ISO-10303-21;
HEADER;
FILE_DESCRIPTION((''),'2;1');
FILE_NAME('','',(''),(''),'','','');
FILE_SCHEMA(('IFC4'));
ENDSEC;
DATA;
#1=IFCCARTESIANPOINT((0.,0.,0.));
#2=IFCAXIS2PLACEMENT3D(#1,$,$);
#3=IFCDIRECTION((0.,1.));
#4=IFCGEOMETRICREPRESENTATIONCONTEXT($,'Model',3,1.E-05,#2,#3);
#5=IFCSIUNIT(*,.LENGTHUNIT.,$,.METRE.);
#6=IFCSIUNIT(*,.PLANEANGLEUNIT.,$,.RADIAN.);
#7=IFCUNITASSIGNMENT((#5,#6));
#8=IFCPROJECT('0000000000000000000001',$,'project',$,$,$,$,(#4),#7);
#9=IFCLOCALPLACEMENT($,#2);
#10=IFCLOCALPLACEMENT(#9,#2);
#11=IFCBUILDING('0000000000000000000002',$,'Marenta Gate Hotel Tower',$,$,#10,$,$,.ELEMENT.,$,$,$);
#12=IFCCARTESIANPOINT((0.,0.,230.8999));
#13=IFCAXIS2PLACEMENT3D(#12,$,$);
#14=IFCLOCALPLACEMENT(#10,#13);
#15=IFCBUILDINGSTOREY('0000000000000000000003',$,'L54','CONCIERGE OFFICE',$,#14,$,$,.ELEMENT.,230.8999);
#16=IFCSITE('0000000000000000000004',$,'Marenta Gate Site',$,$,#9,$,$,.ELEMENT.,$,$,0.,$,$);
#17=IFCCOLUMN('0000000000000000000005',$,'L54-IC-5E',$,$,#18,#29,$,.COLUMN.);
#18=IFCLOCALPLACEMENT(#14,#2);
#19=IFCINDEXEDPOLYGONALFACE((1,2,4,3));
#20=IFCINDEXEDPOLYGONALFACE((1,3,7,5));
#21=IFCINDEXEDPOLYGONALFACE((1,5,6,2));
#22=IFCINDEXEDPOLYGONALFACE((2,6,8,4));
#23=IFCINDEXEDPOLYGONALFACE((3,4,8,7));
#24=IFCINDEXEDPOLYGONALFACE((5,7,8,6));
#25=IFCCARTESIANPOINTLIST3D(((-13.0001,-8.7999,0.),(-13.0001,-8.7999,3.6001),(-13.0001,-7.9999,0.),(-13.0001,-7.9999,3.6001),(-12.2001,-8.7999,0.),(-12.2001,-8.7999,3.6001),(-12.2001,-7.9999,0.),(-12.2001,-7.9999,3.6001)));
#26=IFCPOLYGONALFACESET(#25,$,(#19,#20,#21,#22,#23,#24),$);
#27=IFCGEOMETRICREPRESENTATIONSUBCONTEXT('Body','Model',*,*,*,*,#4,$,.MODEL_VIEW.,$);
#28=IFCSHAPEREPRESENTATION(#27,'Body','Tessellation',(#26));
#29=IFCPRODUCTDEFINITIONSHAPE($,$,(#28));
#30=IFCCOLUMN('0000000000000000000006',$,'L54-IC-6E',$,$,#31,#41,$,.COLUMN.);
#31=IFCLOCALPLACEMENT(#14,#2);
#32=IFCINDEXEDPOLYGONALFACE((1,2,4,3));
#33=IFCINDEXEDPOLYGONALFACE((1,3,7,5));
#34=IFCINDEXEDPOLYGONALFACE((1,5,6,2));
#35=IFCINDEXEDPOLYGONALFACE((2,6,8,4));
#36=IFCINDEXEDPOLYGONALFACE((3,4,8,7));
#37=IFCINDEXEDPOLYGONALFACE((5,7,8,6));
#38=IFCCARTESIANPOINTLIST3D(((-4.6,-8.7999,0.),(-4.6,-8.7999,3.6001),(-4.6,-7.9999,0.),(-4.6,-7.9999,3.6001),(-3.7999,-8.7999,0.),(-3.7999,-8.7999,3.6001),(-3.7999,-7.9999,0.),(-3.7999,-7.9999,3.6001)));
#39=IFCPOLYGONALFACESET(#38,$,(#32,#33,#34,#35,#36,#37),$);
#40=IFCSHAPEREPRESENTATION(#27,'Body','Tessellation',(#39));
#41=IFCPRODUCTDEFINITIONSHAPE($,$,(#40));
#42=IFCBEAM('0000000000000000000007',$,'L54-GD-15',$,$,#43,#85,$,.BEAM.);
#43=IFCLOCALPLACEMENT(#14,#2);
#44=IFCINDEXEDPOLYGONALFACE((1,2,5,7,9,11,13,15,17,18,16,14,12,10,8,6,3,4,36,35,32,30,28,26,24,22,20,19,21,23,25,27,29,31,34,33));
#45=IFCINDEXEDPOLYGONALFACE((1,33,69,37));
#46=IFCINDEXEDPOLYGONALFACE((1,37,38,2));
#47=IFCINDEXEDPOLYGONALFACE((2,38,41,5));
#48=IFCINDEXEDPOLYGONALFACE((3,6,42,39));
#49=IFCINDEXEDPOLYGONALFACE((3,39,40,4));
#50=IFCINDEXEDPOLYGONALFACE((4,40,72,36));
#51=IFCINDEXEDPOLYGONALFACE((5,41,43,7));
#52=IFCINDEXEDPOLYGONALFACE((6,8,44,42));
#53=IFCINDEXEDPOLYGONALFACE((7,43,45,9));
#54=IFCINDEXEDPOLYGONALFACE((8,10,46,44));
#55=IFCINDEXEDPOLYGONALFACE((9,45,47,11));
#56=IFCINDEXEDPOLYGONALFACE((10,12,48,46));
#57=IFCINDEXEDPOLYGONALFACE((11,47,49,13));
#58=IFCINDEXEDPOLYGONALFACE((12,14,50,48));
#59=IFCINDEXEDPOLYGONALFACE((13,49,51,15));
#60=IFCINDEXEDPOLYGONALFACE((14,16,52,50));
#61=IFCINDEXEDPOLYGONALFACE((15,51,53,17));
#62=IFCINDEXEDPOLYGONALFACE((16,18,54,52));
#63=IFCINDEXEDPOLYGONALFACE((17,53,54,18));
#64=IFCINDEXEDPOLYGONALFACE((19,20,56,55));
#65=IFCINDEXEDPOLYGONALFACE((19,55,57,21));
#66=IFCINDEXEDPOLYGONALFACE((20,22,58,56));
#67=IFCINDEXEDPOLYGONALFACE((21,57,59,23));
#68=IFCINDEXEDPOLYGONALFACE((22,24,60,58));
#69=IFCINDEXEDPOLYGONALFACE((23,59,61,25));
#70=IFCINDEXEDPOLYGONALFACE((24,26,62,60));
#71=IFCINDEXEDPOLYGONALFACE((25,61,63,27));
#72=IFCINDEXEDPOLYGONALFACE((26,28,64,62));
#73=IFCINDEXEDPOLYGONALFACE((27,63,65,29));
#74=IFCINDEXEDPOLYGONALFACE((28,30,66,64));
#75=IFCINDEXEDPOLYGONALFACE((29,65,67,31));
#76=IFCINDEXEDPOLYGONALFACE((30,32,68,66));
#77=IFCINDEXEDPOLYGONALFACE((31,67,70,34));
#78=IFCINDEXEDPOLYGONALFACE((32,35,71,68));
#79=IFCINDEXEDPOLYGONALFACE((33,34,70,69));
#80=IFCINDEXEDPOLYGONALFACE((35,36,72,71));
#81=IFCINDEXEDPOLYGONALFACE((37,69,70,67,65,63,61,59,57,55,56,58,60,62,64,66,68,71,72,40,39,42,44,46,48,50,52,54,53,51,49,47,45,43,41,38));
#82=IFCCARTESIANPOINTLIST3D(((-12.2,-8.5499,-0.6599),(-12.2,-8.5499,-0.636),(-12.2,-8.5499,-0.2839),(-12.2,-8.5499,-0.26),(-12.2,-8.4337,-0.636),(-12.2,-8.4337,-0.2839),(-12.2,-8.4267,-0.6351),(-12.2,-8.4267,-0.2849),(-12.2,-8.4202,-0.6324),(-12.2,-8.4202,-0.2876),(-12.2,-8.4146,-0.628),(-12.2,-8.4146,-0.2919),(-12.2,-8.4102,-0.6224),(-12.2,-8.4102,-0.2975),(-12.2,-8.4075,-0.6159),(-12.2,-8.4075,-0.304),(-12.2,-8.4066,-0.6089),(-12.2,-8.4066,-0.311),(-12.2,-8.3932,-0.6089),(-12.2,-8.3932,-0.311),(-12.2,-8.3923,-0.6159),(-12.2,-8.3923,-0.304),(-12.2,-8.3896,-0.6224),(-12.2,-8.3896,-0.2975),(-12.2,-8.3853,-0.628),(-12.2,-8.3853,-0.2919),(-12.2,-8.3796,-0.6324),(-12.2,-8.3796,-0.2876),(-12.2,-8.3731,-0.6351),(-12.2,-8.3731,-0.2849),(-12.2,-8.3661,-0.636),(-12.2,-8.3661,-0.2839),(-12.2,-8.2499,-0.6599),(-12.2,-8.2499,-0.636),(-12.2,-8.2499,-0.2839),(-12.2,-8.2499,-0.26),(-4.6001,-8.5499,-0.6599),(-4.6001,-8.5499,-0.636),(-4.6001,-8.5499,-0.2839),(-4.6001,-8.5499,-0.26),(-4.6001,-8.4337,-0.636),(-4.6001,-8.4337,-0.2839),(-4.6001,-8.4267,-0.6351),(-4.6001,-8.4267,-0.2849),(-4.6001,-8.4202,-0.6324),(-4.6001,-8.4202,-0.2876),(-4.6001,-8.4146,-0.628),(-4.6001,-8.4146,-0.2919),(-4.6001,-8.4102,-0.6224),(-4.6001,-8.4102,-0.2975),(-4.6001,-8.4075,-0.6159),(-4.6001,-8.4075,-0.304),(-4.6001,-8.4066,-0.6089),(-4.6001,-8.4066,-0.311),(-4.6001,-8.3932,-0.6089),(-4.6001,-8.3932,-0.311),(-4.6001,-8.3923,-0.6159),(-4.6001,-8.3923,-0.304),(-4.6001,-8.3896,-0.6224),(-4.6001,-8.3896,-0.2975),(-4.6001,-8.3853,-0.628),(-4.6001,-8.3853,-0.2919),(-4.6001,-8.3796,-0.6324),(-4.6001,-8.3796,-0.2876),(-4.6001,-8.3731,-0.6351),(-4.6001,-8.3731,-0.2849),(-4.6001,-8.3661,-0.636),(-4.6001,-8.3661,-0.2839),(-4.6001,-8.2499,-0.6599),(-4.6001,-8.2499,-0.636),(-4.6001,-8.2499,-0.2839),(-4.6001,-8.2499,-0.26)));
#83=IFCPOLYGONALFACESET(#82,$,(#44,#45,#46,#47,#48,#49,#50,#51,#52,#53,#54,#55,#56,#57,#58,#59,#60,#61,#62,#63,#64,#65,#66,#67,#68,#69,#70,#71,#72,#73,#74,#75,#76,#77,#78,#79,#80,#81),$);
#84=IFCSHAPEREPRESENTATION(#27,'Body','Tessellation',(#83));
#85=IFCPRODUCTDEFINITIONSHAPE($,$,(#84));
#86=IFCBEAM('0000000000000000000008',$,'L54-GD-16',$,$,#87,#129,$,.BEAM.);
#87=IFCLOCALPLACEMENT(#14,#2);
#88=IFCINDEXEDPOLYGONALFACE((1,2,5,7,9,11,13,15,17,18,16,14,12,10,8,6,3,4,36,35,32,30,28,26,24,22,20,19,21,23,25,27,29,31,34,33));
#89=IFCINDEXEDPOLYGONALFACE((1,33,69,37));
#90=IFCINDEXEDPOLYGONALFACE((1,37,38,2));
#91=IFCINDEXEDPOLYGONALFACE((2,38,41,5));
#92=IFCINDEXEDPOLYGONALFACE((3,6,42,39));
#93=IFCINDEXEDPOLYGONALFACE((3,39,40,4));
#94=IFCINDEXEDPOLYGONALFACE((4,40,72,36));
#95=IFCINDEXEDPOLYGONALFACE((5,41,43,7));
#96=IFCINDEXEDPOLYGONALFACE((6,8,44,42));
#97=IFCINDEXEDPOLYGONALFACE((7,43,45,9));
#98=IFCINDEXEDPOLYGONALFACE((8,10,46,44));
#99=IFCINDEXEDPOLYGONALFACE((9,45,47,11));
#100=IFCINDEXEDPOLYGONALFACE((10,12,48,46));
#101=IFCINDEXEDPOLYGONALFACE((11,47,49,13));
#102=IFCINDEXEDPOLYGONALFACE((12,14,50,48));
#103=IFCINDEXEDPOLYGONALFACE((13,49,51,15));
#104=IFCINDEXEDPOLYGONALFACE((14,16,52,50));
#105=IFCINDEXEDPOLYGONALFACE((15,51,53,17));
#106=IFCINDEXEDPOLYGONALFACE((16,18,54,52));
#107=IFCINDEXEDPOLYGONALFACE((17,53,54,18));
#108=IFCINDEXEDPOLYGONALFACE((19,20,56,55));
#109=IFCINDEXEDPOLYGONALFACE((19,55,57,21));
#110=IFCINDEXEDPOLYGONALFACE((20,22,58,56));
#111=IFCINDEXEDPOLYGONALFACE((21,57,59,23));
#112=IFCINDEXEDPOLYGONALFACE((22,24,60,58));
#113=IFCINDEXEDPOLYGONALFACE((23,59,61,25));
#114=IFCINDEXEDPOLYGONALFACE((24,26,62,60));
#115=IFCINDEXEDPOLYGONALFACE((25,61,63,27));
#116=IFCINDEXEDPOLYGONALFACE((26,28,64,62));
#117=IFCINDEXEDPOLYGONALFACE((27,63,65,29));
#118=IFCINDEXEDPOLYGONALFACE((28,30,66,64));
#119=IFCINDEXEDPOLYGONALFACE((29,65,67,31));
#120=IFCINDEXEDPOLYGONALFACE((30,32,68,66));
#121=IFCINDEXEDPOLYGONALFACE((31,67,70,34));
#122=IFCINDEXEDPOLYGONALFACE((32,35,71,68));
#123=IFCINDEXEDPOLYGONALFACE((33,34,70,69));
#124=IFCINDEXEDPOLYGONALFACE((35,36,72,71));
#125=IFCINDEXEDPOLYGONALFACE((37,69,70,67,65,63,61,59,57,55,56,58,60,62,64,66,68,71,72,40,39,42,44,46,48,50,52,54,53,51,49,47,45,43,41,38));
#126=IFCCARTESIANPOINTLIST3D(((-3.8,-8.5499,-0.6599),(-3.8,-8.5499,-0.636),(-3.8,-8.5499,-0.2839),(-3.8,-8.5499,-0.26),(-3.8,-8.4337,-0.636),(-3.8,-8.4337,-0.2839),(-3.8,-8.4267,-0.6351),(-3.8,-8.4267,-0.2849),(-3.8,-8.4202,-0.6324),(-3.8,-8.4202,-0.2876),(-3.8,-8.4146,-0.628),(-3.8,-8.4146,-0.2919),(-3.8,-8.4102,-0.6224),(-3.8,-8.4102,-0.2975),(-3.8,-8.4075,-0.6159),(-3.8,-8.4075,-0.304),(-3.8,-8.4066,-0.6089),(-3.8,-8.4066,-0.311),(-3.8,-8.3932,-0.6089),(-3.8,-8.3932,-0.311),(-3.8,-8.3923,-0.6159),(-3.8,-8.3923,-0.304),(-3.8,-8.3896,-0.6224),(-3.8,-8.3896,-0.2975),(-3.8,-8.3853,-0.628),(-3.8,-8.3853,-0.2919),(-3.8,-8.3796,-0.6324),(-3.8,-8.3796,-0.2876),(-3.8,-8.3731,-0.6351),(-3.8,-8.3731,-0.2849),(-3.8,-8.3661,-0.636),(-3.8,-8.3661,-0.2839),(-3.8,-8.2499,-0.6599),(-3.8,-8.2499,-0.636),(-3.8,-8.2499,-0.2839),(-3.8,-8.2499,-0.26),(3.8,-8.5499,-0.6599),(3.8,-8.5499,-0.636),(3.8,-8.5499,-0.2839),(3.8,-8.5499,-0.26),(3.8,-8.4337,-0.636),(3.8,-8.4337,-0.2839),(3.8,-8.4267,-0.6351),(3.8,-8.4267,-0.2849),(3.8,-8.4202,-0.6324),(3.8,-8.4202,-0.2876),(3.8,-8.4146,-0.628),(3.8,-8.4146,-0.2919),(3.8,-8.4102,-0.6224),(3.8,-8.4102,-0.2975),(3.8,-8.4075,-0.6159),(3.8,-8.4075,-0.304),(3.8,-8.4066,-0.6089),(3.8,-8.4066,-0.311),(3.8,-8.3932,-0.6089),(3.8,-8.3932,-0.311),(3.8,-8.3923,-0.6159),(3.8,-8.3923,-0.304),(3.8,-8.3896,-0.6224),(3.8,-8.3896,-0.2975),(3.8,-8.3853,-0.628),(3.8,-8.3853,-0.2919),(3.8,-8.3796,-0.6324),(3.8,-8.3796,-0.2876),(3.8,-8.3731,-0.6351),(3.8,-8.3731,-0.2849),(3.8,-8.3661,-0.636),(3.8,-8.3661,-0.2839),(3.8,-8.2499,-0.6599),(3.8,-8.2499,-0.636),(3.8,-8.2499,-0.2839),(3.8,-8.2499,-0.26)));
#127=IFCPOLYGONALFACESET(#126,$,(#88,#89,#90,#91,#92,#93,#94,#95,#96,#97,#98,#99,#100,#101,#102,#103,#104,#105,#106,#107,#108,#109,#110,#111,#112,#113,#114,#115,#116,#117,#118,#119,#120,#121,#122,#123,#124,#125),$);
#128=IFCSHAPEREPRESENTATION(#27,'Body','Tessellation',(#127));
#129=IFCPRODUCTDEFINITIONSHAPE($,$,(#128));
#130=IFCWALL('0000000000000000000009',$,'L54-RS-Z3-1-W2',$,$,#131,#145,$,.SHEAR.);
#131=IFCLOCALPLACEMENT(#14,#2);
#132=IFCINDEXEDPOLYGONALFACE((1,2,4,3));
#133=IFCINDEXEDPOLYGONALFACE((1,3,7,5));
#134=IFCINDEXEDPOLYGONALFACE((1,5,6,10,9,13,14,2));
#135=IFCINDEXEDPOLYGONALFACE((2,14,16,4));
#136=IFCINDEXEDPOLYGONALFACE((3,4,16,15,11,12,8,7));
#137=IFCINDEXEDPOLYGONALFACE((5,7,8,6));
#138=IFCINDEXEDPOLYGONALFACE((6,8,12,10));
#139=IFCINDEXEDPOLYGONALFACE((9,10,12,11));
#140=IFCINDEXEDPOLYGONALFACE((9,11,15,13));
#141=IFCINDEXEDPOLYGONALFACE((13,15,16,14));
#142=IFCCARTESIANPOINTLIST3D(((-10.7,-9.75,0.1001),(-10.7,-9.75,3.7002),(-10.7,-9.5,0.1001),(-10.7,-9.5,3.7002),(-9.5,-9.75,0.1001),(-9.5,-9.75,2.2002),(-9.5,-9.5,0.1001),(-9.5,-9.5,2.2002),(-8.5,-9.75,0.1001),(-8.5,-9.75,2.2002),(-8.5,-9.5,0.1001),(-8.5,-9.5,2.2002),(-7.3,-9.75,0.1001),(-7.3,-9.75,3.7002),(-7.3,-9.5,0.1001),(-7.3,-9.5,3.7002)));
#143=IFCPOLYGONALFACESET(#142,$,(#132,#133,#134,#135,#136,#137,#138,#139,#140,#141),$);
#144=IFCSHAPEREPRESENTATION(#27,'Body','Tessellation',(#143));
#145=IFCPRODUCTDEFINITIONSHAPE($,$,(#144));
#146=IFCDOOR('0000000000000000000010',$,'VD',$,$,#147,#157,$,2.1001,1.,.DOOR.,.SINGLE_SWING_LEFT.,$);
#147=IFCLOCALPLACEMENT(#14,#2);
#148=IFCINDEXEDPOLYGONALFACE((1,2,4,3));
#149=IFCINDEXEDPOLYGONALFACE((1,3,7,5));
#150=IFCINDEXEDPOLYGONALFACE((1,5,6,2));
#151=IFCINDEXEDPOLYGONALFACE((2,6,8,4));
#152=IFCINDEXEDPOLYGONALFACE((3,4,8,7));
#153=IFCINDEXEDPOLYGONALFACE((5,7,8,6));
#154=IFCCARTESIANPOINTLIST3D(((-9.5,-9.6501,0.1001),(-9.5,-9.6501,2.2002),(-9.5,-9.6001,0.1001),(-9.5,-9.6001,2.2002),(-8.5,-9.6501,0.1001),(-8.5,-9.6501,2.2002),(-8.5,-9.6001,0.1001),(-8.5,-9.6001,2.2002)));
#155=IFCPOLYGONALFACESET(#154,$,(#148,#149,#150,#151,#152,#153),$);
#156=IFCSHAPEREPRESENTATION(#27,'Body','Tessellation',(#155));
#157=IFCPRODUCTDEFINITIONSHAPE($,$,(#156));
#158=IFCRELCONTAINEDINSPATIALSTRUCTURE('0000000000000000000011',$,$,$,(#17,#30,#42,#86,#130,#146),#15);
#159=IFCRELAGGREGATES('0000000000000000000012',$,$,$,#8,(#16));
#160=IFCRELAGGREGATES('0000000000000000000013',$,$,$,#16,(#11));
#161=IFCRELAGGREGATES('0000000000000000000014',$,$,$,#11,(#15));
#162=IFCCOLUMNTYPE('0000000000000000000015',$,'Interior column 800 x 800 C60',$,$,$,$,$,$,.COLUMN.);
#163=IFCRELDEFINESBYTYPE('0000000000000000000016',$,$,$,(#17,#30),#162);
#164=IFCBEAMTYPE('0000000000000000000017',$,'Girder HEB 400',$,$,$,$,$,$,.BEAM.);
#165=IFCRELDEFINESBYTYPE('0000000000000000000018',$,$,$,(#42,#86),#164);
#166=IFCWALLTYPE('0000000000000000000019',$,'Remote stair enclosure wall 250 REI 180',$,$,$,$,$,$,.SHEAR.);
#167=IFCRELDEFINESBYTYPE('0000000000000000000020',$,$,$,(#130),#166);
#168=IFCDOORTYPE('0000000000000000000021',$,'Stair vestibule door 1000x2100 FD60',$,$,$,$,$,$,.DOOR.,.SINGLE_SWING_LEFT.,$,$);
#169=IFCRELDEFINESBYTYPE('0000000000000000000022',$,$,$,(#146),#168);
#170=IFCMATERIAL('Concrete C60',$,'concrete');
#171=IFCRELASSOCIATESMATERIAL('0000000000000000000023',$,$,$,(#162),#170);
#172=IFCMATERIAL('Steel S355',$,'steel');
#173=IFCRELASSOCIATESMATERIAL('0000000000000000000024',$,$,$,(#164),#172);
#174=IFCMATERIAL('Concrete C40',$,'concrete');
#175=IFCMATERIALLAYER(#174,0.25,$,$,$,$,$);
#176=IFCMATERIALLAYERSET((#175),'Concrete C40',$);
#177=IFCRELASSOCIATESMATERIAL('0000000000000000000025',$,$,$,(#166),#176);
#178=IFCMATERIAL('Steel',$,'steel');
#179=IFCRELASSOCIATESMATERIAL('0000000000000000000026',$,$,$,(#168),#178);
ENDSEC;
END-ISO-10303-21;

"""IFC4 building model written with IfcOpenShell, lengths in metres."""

from ifc_helpers import new_model, si_unit, direction, frame, frame_2d, origin, origin_2d, place, context, subcontext, project, spatial, rectangle, i_section, extrude, material, layer, layer_set, material_profile, profile_set, type_object, element, fill, save


model = new_model("IFC4")

# Units and contexts
model_context = context("Model", 3, precision=1e-05, world=origin(), true_north=direction((0.0, 1.0)))
body_context = subcontext(model_context, "Body", "Model", "MODEL_VIEW")
ifc_project = project(units=[si_unit("LENGTHUNIT", "METRE"), si_unit("PLANEANGLEUNIT", "RADIAN")], contexts=[model_context])

# Site, building, storey
site_placement = place(None, origin())
site = spatial("IfcSite", under=ifc_project, at=site_placement, Name="Marenta Gate Site", CompositionType="ELEMENT", RefElevation=0.0)
building_placement = place(site_placement, origin())
building = spatial("IfcBuilding", under=site, at=building_placement, Name="Marenta Gate Hotel Tower", CompositionType="ELEMENT")
storey_placement = place(building_placement, frame((0.0, 0.0, 230.8999)))
storey = spatial("IfcBuildingStorey", under=building, at=storey_placement, Name="L54", Description="CONCIERGE OFFICE", CompositionType="ELEMENT", Elevation=230.8999)

# Columns
ifc_material_1 = material(Name="Concrete C60", Category="concrete")
ifc_material_profile_1 = material_profile(ifc_material_1, rectangle(XDim=0.8, YDim=0.8, at=origin_2d()), Name="800 x 800")
ifc_profile_set_1 = profile_set([ifc_material_profile_1], Name="Concrete C60")
column_type = type_object("IfcColumnType", Name="Interior column 800 x 800 C60", PredefinedType="COLUMN", material=ifc_profile_set_1)
for number, where, z_axis, x_axis, name in (
    (1, (-12.6001, -8.3999, 0.0), (0.0, 0.0, 1.0), (1.0, 0.0, 0.0), "L54-IC-5E"),
    (2, (-4.2, -8.3999, 0.0), (0.0, 0.0, 1.0), (1.0, 0.0, 0.0), "L54-IC-6E"),
):
    element("IfcColumn", number, at=place(storey_placement, frame(where, z_axis=z_axis, x_axis=x_axis)), inside=storey, type_object=column_type, Name=name, PredefinedType="COLUMN", context=body_context, shape_type="SweptSolid", body=[
        extrude(rectangle(XDim=0.8, YDim=0.8, at=origin_2d()), origin(), (0.0, 0.0, 1.0), 3.6001),
    ])

# Beams
ifc_material_2 = material(Name="Steel S355", Category="steel")
ifc_material_profile_2 = material_profile(ifc_material_2, i_section(OverallWidth=0.3, OverallDepth=0.3999, WebThickness=0.0134, FlangeThickness=0.0239, FilletRadius=0.0271, at=origin_2d()), Name="HEB 400")
ifc_profile_set_2 = profile_set([ifc_material_profile_2], Name="Steel S355")
beam_type = type_object("IfcBeamType", Name="Girder HEB 400", PredefinedType="BEAM", material=ifc_profile_set_2)
beam_1_placement = place(storey_placement, frame((-12.2, -8.3999, -0.46), z_axis=(1.0, 0.0, 0.0), x_axis=(0.0, 1.0, 0.0)))
element("IfcBeam", 3, at=beam_1_placement, inside=storey, type_object=beam_type, Name="L54-GD-15", PredefinedType="BEAM", context=body_context, shape_type="SweptSolid", body=[
    extrude(i_section(OverallWidth=0.3, OverallDepth=0.3999, WebThickness=0.0134, FlangeThickness=0.0239, FilletRadius=0.0271, at=origin_2d()), origin(), (0.0, 0.0, 1.0), 7.5999),
])
beam_2_placement = place(storey_placement, frame((-3.8, -8.3999, -0.46), z_axis=(1.0, 0.0, 0.0), x_axis=(0.0, 1.0, 0.0)))
element("IfcBeam", 4, at=beam_2_placement, inside=storey, type_object=beam_type, Name="L54-GD-16", PredefinedType="BEAM", context=body_context, shape_type="SweptSolid", body=[
    extrude(i_section(OverallWidth=0.3, OverallDepth=0.3999, WebThickness=0.0134, FlangeThickness=0.0239, FilletRadius=0.0271, at=origin_2d()), origin(), (0.0, 0.0, 1.0), 7.6001),
])

# Wall, opening, door
ifc_material_3 = material(Name="Concrete C40", Category="concrete")
ifc_layer_1 = layer(ifc_material_3, 0.25)
ifc_layer_set_1 = layer_set([ifc_layer_1], Name="Concrete C40")
wall_type_1 = type_object("IfcWallType", Name="Remote stair enclosure wall 250 REI 180", PredefinedType="SHEAR", material=ifc_layer_set_1)
wall_1_placement = place(storey_placement, frame((-10.7, -9.625, 0.1001), z_axis=(0.0, 0.0, 1.0), x_axis=(1.0, 0.0, 0.0)))
wall_1 = element("IfcWall", 5, at=wall_1_placement, inside=storey, type_object=wall_type_1, Name="L54-RS-Z3-1-W2", PredefinedType="SHEAR", context=body_context, shape_type="SweptSolid", body=[
    extrude(rectangle(XDim=3.3999, YDim=0.25, at=frame_2d((1.7, 0.0))), origin(), (0.0, 0.0, 1.0), 3.6001),
])
opening_1_placement = place(wall_1_placement, frame((1.2, 0.0, 0.0)))
opening_1 = element("IfcOpeningElement", 6, at=opening_1_placement, cuts=wall_1, PredefinedType="OPENING", context=body_context, shape_type="SweptSolid", body=[
    extrude(rectangle(XDim=1.0, YDim=2.1001, at=frame_2d((0.5, 1.05))), frame((0.0, 0.125, 0.0), z_axis=(0.0, -1.0, 0.0), x_axis=(1.0, 0.0, 0.0)), (0.0, 0.0, 1.0), 0.25),
])
ifc_material_4 = material(Name="Steel", Category="steel")
door_type_1 = type_object("IfcDoorType", Name="Stair vestibule door 1000x2100 FD60", OperationType="SINGLE_SWING_LEFT", PredefinedType="DOOR", material=ifc_material_4)
door_1_placement = place(opening_1_placement, origin())
door_1 = element("IfcDoor", 7, at=door_1_placement, inside=storey, type_object=door_type_1, Name="VD", OperationType="SINGLE_SWING_LEFT", OverallHeight=2.1001, OverallWidth=1.0, PredefinedType="DOOR", context=body_context, shape_type="SweptSolid", body=[
    extrude(rectangle(XDim=1.0, YDim=2.1001, at=frame_2d((0.5, 1.05))), frame((0.0, 0.0249, 0.0), z_axis=(0.0, -1.0, 0.0), x_axis=(1.0, 0.0, 0.0)), (0.0, 0.0, 1.0), 0.05),
])
fill(opening_1, door_1)

save(model, "model.ifc")
